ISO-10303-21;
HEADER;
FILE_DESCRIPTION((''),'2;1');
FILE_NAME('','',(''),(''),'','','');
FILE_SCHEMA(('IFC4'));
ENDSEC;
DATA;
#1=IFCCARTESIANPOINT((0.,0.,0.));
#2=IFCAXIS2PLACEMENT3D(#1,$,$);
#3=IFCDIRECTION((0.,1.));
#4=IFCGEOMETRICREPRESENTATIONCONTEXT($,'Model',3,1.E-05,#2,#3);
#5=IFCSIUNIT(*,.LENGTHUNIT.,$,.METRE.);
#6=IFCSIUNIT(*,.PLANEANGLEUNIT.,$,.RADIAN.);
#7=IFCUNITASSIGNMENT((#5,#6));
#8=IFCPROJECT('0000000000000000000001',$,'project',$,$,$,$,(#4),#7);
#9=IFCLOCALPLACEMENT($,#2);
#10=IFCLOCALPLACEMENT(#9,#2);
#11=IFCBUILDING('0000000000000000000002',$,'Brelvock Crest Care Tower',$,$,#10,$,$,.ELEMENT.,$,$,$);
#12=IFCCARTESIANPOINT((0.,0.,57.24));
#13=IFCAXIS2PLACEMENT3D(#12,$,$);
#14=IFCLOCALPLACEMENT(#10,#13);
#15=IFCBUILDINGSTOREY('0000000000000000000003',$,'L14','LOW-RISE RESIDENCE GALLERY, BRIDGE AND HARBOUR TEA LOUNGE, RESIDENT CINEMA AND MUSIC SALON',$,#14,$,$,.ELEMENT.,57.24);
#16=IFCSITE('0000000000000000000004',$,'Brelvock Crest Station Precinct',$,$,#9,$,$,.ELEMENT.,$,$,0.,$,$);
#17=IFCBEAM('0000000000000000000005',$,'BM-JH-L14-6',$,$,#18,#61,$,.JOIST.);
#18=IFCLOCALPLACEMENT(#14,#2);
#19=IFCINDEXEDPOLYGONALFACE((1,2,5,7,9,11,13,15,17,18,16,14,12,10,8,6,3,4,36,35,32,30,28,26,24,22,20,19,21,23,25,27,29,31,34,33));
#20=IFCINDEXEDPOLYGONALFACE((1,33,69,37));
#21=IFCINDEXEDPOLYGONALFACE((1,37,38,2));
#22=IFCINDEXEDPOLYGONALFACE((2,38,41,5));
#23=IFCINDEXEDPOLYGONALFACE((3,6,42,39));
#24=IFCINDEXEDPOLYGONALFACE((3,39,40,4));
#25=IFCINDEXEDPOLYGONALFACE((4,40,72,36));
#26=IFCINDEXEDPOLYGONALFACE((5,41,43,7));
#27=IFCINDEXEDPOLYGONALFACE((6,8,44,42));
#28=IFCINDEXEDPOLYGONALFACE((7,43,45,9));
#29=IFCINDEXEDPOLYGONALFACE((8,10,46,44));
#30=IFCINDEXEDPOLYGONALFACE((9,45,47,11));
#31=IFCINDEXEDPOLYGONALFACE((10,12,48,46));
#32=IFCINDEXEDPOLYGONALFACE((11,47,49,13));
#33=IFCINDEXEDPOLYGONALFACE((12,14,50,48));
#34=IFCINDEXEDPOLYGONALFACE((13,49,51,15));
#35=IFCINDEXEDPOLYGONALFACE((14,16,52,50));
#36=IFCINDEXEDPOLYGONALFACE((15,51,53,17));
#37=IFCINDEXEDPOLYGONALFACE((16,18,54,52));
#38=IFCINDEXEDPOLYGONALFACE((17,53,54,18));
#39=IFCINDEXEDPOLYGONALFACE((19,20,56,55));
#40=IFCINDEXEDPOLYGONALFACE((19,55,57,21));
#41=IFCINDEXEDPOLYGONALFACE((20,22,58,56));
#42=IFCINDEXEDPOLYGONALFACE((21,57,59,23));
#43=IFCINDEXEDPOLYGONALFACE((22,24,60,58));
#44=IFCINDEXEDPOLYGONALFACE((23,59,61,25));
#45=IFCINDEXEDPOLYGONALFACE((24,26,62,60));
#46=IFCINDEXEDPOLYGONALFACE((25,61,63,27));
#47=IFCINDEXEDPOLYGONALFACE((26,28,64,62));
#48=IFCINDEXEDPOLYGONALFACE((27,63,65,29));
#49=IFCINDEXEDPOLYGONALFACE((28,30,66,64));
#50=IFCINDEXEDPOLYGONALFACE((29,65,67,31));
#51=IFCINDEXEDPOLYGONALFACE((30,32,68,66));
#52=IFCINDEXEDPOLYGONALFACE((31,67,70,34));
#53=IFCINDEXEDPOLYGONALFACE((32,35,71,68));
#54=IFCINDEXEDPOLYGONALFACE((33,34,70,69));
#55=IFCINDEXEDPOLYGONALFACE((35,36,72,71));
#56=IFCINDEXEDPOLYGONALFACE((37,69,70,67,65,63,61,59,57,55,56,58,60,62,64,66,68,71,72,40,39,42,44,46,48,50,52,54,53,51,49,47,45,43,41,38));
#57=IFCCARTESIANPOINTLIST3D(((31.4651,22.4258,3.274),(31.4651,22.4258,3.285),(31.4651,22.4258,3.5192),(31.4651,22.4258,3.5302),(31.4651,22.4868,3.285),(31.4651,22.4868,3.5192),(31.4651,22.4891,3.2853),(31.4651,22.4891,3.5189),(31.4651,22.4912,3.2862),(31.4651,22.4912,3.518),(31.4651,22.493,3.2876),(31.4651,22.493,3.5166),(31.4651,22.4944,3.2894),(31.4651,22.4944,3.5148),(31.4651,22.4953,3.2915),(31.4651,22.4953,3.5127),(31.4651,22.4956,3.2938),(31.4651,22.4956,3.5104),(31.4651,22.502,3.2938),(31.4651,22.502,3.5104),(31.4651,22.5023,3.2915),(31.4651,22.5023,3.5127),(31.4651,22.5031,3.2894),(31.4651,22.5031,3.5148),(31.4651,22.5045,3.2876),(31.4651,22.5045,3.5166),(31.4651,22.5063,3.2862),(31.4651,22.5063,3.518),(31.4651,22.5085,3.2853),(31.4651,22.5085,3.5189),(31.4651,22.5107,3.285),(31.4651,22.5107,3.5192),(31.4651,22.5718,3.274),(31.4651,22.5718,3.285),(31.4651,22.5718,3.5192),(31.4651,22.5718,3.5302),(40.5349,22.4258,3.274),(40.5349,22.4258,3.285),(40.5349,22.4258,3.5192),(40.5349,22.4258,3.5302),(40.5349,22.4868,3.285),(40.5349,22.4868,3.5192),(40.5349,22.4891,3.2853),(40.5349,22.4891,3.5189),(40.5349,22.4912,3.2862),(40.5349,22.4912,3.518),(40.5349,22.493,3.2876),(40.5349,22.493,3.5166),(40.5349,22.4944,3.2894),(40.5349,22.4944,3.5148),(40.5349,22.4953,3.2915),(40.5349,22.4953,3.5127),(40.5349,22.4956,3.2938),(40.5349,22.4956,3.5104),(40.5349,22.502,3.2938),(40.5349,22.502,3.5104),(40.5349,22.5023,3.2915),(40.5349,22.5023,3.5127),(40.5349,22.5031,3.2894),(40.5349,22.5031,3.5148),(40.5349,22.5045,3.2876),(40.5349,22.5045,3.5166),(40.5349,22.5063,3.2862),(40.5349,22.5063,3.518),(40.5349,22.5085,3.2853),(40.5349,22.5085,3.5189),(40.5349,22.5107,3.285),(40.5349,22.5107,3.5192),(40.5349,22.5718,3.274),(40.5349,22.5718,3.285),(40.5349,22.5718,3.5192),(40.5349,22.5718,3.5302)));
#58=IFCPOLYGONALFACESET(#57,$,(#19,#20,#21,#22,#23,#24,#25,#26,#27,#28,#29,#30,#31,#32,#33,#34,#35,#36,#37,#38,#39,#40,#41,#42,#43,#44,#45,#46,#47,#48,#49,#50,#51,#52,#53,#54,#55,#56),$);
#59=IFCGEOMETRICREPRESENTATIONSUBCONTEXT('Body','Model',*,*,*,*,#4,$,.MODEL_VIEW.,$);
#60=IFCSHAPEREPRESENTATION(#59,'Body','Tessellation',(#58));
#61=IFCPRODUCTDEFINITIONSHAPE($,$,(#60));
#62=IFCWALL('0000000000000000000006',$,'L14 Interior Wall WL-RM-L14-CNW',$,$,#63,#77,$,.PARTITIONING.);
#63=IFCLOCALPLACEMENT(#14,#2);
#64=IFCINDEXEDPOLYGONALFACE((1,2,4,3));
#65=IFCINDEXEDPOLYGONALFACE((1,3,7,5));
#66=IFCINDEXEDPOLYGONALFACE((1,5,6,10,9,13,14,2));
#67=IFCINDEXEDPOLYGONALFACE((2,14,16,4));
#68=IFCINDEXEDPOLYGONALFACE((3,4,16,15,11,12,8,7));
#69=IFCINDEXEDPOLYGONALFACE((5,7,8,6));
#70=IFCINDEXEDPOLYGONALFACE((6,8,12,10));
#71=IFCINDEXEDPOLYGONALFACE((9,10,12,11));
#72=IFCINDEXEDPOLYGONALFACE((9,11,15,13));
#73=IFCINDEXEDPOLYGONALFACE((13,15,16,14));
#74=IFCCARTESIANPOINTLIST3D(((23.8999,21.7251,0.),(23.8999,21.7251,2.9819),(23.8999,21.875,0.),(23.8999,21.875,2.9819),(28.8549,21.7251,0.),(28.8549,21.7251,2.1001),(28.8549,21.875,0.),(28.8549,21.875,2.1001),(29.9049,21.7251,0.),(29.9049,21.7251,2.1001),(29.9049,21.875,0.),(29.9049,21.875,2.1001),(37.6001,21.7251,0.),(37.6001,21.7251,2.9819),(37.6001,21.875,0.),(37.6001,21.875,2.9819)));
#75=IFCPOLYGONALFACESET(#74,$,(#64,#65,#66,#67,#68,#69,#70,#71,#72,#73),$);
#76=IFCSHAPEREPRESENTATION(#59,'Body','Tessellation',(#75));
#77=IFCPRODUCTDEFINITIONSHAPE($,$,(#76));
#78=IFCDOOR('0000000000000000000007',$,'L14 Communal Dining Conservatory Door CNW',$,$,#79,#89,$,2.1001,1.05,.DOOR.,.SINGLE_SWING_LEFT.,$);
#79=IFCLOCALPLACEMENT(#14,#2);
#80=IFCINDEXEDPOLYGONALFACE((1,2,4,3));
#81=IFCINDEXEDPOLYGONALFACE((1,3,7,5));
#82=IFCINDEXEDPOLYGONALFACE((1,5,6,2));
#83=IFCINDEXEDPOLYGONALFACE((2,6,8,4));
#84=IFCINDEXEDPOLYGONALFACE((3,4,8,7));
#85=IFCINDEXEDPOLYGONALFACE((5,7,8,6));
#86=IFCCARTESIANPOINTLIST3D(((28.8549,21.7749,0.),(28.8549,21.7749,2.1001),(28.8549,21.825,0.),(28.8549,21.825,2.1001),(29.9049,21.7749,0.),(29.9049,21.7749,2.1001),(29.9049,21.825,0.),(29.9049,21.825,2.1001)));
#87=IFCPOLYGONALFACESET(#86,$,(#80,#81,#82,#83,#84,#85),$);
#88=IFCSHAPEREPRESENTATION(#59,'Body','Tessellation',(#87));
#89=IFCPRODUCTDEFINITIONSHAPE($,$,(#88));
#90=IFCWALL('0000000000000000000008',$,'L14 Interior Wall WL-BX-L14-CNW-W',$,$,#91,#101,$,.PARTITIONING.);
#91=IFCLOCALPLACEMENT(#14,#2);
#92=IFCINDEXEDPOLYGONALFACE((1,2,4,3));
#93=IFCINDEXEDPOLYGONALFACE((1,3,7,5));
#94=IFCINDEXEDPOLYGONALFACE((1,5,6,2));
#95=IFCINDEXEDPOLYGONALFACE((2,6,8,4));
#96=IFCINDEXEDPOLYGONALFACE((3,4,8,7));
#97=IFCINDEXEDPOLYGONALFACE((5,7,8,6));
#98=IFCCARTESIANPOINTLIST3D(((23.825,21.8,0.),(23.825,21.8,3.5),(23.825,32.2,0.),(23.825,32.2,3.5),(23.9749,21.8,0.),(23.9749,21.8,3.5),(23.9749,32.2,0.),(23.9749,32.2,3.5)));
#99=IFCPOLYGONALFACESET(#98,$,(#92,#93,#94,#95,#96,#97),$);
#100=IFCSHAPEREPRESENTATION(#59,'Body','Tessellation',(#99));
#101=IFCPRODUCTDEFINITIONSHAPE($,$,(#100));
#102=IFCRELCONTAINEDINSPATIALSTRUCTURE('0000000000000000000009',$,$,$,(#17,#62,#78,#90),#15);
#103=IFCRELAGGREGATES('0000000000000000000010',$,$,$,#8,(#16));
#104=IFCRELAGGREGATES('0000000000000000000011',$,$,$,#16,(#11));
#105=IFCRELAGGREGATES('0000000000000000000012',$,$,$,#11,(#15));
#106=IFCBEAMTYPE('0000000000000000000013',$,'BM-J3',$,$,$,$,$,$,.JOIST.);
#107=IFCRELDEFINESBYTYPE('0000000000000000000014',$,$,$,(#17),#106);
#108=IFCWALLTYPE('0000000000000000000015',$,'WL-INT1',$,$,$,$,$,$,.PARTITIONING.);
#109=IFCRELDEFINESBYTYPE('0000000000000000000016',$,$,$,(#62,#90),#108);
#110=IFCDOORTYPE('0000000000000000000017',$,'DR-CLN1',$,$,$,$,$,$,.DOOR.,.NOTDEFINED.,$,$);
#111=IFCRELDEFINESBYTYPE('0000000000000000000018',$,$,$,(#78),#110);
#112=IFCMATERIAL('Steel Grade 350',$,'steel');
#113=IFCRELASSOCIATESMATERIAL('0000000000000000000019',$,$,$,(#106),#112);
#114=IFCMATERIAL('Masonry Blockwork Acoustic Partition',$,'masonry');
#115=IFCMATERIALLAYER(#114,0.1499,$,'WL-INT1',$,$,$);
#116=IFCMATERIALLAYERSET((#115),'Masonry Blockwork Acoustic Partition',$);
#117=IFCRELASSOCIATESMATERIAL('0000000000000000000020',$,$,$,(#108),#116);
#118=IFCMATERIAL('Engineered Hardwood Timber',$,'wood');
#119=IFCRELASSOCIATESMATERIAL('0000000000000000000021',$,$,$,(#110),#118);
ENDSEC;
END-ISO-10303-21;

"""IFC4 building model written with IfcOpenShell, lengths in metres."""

from ifc_helpers import new_model, si_unit, direction, frame, frame_2d, origin, origin_2d, place, context, subcontext, project, spatial, rectangle, i_section, extrude, source, transform, mapped, material, layer, layer_set, material_profile, profile_set, type_object, element, fill, save


model = new_model("IFC4")

# Units and contexts
model_context = context("Model", 3, precision=1e-05, world=origin(), true_north=direction((0.0, 1.0)))
body_context = subcontext(model_context, "Body", "Model", "MODEL_VIEW")
ifc_project = project(units=[si_unit("LENGTHUNIT", "METRE"), si_unit("PLANEANGLEUNIT", "RADIAN")], contexts=[model_context])

# Site, building, storey
site_placement = place(None, origin())
site = spatial("IfcSite", under=ifc_project, at=site_placement, Name="Brelvock Crest Station Precinct", CompositionType="ELEMENT", RefElevation=0.0)
building_placement = place(site_placement, origin())
building = spatial("IfcBuilding", under=site, at=building_placement, Name="Brelvock Crest Care Tower", CompositionType="ELEMENT")
storey_placement = place(building_placement, frame((0.0, 0.0, 57.24)))
storey = spatial("IfcBuildingStorey", under=building, at=storey_placement, Name="L14", Description="LOW-RISE RESIDENCE GALLERY, BRIDGE AND HARBOUR TEA LOUNGE, RESIDENT CINEMA AND MUSIC SALON", CompositionType="ELEMENT", Elevation=57.24)

# Shared definitions
ifc_material_1 = material(Name="Steel Grade 350", Category="steel")

# Beam
ifc_material_profile_1 = material_profile(ifc_material_1, i_section(OverallWidth=0.146, OverallDepth=0.2561, WebThickness=0.0063, FlangeThickness=0.011, FilletRadius=0.0088, at=origin_2d()), Name="250UB37.3")
ifc_profile_set_1 = profile_set([ifc_material_profile_1], Name="Steel Grade 350")
beam_type_1 = type_object("IfcBeamType", Name="BM-J3", PredefinedType="JOIST", material=ifc_profile_set_1)
shared_shape_1 = source(origin(), body_context, "Body", "SweptSolid", [
    extrude(i_section(OverallWidth=0.146, OverallDepth=0.2561, WebThickness=0.0063, FlangeThickness=0.011, FilletRadius=0.0088, at=origin_2d()), origin(), (0.0, 0.0, 1.0), 9.0698),
])
for number, where, z_axis, x_axis, name in (
    (1, (31.4651, 22.4988, 3.4021), (1.0, 0.0, 0.0), (0.0, 1.0, 0.0), "BM-JH-L14-6"),
):
    element("IfcBeam", number, at=place(storey_placement, frame(where, z_axis=z_axis, x_axis=x_axis)), inside=storey, type_object=beam_type_1, Name=name, PredefinedType="JOIST", context=body_context, shape_type="MappedRepresentation", body=[
        mapped(shared_shape_1, transform((0.0, 0.0, 0.0), x_axis=(1.0, 0.0, 0.0), y_axis=(0.0, 1.0, 0.0), z_axis=(0.0, 0.0, 1.0), scale=1.0)),
    ])

# Wall, opening, door
ifc_material_2 = material(Name="Masonry Blockwork Acoustic Partition", Category="masonry")
ifc_layer = layer(ifc_material_2, 0.1499, Name="WL-INT1")
ifc_layer_set = layer_set([ifc_layer], Name="Masonry Blockwork Acoustic Partition")
wall_type = type_object("IfcWallType", Name="WL-INT1", PredefinedType="PARTITIONING", material=ifc_layer_set)
wall_1_placement = place(storey_placement, frame((23.8999, 21.8, 0.0), z_axis=(0.0, 0.0, 1.0), x_axis=(1.0, 0.0, 0.0)))
wall_1 = element("IfcWall", 2, at=wall_1_placement, inside=storey, type_object=wall_type, Name="L14 Interior Wall WL-RM-L14-CNW", PredefinedType="PARTITIONING", context=body_context, shape_type="SweptSolid", body=[
    extrude(rectangle(XDim=13.7002, YDim=0.1499, at=frame_2d((6.8501, 0.0))), origin(), (0.0, 0.0, 1.0), 2.9819),
])
opening_placement = place(wall_1_placement, frame((4.9551, 0.0, 0.0)))
opening = element("IfcOpeningElement", 3, at=opening_placement, cuts=wall_1, PredefinedType="OPENING", context=body_context, shape_type="SweptSolid", body=[
    extrude(rectangle(XDim=1.05, YDim=2.1001, at=origin_2d()), frame((0.5249, 0.085, 1.05), z_axis=(0.0, -1.0, 0.0), x_axis=(1.0, 0.0, 0.0)), (0.0, 0.0, 1.0), 0.1699),
])
ifc_material_3 = material(Name="Engineered Hardwood Timber", Category="wood")
door_type = type_object("IfcDoorType", Name="DR-CLN1", OperationType="NOTDEFINED", PredefinedType="DOOR", material=ifc_material_3)
shared_shape_2 = source(origin(), body_context, "Body", "SweptSolid", [
    extrude(rectangle(XDim=1.05, YDim=2.1001, at=origin_2d()), frame((0.5249, 0.0249, 1.05), z_axis=(0.0, -1.0, 0.0), x_axis=(1.0, 0.0, 0.0)), (0.0, 0.0, 1.0), 0.05),
])
door_placement = place(opening_placement, origin())
door = element("IfcDoor", 4, at=door_placement, inside=storey, type_object=door_type, Name="L14 Communal Dining Conservatory Door CNW", OperationType="SINGLE_SWING_LEFT", OverallHeight=2.1001, OverallWidth=1.05, PredefinedType="DOOR", context=body_context, shape_type="MappedRepresentation", body=[
    mapped(shared_shape_2, transform((0.0, 0.0, 0.0), x_axis=(1.0, 0.0, 0.0), y_axis=(0.0, 1.0, 0.0), z_axis=(0.0, 0.0, 1.0), scale=1.0)),
])
fill(opening, door)

# Wall
wall_2_placement = place(storey_placement, frame((23.8999, 21.8, 0.0), z_axis=(0.0, 0.0, 1.0), x_axis=(0.0, 1.0, 0.0)))
element("IfcWall", 5, at=wall_2_placement, inside=storey, type_object=wall_type, Name="L14 Interior Wall WL-BX-L14-CNW-W", PredefinedType="PARTITIONING", context=body_context, shape_type="SweptSolid", body=[
    extrude(rectangle(XDim=10.3999, YDim=0.1499, at=frame_2d((5.2, 0.0))), origin(), (0.0, 0.0, 1.0), 3.5),
])

save(model, "model.ifc")
